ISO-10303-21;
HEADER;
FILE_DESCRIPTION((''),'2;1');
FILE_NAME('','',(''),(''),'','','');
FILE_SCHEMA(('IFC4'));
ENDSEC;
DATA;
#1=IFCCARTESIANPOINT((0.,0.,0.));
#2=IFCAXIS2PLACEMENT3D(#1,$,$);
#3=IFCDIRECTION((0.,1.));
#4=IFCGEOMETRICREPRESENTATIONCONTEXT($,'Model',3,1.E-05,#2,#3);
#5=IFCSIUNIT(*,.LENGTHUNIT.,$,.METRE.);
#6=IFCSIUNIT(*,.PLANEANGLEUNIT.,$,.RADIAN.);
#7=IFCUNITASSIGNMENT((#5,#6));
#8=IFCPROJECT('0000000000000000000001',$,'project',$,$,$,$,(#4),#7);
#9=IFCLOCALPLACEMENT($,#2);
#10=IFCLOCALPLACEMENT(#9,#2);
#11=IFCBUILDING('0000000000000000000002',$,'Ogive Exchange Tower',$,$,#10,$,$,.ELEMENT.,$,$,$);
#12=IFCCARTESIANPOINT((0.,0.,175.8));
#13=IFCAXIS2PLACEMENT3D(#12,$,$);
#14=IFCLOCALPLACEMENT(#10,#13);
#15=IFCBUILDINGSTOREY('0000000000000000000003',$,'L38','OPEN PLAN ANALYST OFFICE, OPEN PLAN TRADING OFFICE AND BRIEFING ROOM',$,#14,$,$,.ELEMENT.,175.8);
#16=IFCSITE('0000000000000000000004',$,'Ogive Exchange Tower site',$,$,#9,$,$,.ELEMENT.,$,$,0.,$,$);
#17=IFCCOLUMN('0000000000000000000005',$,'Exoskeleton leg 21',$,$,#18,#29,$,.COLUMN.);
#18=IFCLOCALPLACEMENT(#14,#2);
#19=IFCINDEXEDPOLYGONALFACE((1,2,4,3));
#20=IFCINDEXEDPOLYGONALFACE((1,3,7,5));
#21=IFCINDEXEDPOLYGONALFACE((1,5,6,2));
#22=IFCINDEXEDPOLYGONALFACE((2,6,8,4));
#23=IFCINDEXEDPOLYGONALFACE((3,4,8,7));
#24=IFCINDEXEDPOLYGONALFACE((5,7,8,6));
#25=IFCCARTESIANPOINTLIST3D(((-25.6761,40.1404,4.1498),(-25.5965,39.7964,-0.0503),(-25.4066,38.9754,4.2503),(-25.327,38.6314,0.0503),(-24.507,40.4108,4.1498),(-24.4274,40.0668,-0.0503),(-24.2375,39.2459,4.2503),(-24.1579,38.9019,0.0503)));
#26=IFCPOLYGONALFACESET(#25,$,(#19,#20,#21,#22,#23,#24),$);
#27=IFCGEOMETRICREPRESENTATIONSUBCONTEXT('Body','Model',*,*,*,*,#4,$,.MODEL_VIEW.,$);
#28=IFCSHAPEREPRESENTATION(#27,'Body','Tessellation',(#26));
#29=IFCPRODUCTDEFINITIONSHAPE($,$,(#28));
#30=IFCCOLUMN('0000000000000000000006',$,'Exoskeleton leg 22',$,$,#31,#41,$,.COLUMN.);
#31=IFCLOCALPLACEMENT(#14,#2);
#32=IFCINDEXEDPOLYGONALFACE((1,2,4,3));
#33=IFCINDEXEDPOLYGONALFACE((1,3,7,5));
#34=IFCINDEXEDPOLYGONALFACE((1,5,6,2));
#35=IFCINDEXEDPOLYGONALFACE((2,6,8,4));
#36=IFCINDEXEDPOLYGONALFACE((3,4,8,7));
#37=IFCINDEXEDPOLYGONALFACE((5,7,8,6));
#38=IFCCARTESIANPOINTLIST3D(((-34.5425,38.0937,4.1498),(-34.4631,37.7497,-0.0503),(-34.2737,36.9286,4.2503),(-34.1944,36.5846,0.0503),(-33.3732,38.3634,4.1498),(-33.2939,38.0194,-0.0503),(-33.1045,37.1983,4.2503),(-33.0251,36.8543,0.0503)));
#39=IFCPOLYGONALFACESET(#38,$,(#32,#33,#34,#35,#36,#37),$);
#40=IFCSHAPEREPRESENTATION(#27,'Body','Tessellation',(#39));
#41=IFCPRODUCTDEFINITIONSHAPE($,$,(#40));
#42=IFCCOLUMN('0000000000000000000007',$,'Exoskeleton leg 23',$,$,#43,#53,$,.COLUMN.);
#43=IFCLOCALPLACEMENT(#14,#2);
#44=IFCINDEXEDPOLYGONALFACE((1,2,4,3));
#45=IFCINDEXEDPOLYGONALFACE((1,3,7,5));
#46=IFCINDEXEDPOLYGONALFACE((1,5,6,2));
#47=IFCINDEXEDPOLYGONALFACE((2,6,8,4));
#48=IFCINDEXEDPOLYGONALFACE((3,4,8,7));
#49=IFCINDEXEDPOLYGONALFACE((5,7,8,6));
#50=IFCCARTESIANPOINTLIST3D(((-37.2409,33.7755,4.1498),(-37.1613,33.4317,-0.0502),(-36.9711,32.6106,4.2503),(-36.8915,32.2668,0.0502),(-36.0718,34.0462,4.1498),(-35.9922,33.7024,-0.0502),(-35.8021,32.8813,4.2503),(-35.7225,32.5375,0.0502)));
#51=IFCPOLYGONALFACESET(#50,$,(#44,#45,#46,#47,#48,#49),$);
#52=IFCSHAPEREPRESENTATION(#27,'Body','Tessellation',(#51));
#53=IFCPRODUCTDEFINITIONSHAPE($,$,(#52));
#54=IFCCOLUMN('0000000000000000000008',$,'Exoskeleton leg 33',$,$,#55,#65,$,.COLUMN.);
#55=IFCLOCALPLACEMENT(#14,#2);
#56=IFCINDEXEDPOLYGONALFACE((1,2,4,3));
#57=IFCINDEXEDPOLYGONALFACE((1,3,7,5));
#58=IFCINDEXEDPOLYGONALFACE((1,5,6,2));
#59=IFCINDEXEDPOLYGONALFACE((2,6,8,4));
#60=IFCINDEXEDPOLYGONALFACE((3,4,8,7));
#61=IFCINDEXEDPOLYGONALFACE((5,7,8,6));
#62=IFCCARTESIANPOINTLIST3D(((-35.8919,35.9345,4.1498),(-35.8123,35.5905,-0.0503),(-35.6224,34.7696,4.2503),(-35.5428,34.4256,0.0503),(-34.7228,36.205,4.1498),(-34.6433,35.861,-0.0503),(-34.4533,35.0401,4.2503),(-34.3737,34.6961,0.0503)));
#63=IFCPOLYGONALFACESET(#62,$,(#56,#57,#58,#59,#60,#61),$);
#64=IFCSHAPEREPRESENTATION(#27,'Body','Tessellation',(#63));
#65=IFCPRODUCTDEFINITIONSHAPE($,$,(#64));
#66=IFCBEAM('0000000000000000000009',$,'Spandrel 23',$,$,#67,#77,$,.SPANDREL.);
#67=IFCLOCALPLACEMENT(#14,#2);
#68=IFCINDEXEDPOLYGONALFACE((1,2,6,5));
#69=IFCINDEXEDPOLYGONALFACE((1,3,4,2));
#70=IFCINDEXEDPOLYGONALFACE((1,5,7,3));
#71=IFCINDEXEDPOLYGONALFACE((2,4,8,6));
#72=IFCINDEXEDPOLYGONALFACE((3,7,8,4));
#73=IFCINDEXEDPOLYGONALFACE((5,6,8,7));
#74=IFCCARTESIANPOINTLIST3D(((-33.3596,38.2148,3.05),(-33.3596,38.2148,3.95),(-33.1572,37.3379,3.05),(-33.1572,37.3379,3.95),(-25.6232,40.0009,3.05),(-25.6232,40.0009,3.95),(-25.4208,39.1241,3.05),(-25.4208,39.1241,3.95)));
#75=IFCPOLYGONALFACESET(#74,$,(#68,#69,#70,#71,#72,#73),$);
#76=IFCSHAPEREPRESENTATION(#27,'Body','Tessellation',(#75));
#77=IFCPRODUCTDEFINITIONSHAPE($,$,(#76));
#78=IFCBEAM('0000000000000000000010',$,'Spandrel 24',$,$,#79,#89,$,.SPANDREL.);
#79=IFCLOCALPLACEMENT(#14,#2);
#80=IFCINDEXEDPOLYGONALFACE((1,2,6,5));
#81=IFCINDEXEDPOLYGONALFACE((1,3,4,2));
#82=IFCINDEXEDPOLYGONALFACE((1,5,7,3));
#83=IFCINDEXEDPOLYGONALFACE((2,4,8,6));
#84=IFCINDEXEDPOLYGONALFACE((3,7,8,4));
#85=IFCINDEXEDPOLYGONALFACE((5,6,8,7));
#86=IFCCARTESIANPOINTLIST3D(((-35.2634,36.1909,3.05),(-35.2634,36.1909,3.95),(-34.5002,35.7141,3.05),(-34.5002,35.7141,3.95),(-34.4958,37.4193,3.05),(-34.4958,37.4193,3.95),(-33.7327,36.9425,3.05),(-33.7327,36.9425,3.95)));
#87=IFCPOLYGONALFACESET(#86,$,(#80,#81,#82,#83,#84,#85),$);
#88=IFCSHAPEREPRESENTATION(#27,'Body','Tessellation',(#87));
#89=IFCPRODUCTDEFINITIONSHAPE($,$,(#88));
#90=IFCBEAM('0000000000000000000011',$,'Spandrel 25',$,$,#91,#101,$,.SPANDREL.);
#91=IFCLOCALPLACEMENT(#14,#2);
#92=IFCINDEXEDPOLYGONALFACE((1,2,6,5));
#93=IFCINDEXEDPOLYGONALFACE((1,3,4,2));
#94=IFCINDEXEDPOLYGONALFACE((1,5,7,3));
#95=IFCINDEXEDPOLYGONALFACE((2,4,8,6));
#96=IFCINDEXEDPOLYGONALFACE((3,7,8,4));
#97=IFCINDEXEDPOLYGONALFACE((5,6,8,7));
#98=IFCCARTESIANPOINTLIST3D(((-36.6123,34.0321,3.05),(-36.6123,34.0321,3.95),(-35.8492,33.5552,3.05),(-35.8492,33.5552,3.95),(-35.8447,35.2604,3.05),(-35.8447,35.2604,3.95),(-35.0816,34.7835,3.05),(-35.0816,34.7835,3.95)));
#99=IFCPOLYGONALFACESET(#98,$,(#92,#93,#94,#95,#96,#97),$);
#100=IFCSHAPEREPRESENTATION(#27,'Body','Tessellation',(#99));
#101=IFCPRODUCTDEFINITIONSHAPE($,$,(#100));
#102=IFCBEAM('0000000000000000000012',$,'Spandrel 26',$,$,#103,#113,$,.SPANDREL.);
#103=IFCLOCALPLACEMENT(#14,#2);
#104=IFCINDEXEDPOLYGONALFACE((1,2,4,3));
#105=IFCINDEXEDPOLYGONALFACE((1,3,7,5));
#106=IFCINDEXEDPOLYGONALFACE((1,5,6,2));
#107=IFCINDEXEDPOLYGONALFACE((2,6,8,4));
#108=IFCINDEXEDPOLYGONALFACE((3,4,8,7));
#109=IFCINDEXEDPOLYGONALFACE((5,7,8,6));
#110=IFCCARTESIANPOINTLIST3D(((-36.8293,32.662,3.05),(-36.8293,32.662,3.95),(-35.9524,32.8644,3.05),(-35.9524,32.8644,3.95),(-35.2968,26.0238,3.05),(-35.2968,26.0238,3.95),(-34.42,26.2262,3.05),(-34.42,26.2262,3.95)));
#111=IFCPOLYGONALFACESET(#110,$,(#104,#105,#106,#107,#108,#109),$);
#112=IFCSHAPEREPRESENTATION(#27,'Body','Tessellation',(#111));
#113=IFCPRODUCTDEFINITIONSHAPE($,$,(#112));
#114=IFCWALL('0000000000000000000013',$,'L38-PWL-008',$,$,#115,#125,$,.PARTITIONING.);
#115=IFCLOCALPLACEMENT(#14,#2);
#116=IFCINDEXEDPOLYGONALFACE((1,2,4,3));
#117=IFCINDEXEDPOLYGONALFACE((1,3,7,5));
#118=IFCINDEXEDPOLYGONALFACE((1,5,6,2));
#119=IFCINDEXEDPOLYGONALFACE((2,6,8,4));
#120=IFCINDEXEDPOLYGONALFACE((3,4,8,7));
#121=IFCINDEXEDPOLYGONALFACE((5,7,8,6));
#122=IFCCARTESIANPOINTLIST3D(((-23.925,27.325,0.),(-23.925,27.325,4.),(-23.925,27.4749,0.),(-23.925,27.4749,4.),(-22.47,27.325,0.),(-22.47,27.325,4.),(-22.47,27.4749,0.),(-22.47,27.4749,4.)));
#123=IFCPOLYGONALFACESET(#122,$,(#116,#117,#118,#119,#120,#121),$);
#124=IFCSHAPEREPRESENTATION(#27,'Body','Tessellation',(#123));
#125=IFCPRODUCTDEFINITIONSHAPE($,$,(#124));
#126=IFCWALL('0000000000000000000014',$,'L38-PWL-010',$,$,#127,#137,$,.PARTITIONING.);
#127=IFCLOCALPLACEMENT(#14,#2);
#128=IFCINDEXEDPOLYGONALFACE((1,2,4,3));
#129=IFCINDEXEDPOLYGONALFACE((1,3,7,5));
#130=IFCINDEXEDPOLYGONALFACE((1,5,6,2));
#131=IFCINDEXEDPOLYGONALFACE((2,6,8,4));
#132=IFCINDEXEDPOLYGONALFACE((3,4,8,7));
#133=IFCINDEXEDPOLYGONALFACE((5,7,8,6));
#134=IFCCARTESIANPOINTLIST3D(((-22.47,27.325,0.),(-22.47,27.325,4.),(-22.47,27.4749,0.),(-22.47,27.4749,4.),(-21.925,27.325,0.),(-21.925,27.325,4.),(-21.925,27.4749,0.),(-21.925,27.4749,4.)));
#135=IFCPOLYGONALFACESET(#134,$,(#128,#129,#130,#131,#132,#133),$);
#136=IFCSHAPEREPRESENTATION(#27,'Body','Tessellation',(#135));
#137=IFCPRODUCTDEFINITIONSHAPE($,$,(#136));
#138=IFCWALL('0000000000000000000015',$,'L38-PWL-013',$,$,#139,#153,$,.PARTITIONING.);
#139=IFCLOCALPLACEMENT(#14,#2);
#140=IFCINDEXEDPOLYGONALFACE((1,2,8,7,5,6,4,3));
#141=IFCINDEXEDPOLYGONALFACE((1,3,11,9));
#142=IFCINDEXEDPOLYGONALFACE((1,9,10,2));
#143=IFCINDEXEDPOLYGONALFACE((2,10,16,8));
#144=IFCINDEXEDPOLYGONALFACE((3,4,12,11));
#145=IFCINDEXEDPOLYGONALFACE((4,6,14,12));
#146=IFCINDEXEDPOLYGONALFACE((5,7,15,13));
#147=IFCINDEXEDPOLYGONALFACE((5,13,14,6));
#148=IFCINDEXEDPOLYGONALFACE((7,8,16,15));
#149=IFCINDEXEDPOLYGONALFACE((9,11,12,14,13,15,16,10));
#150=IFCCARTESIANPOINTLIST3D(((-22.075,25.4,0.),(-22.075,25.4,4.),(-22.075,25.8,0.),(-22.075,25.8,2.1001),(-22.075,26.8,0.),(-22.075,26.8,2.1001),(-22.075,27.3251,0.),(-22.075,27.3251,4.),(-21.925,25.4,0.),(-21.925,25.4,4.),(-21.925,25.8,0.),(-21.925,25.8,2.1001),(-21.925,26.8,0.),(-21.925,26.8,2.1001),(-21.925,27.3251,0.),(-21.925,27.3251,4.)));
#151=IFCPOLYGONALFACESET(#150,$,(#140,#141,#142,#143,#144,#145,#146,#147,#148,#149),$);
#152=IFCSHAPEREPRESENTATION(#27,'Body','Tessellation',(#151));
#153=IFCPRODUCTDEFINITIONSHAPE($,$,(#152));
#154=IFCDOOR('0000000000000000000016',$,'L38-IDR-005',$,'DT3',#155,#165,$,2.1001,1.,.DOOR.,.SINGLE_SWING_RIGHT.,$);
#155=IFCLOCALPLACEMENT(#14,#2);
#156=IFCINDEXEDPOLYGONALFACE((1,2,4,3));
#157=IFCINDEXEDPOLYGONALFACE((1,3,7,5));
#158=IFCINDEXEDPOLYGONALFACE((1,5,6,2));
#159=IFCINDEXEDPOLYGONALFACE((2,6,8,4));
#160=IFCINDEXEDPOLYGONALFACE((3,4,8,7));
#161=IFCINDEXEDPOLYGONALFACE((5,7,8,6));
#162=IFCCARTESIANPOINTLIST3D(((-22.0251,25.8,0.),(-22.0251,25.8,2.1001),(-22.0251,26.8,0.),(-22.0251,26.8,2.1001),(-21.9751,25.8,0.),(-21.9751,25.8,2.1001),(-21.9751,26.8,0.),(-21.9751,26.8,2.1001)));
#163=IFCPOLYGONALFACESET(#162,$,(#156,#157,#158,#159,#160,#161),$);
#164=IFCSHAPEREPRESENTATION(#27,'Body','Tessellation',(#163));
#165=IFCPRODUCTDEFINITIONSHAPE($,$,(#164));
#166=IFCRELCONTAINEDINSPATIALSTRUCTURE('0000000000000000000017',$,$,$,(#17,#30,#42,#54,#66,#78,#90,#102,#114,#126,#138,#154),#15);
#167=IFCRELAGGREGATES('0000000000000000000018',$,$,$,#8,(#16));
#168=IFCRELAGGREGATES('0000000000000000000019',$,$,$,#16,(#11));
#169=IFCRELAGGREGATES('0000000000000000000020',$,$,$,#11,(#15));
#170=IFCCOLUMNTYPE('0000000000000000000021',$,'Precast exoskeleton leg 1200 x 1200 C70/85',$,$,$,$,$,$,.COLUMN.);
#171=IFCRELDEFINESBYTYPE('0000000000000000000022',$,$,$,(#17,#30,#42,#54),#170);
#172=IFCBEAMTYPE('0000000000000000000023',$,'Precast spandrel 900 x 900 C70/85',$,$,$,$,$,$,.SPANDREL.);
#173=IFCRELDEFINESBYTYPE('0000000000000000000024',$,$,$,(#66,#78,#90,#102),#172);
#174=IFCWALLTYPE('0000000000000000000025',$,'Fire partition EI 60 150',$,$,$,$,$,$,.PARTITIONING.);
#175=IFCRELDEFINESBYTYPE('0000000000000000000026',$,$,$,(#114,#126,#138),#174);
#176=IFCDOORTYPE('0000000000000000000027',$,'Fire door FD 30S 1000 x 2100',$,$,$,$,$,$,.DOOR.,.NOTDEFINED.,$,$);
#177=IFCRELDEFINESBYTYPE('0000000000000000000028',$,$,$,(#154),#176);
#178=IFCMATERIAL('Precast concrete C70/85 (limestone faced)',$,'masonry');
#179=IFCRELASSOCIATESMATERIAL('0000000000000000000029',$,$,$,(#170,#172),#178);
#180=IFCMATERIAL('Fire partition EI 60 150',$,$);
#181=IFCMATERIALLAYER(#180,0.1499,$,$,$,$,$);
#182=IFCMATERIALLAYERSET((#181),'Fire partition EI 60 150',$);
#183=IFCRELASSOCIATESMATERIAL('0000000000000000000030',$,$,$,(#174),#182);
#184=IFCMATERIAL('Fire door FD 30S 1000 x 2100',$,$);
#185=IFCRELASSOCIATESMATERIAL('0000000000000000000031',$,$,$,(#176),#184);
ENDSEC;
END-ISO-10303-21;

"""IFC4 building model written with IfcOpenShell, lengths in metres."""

from ifc_helpers import new_model, si_unit, direction, frame, frame_2d, origin, origin_2d, place, context, subcontext, project, spatial, rectangle, extrude, material, layer, layer_set, material_profile, profile_set, type_object, element, fill, save


model = new_model("IFC4")

# Units and contexts
model_context = context("Model", 3, precision=1e-05, world=origin(), true_north=direction((0.0, 1.0)))
body_context = subcontext(model_context, "Body", "Model", "MODEL_VIEW")
ifc_project = project(units=[si_unit("LENGTHUNIT", "METRE"), si_unit("PLANEANGLEUNIT", "RADIAN")], contexts=[model_context])

# Site, building, storey
site_placement = place(None, origin())
site = spatial("IfcSite", under=ifc_project, at=site_placement, Name="Ogive Exchange Tower site", CompositionType="ELEMENT", RefElevation=0.0)
building_placement = place(site_placement, origin())
building = spatial("IfcBuilding", under=site, at=building_placement, Name="Ogive Exchange Tower", CompositionType="ELEMENT")
storey_placement = place(building_placement, frame((0.0, 0.0, 175.8)))
storey = spatial("IfcBuildingStorey", under=building, at=storey_placement, Name="L38", Description="OPEN PLAN ANALYST OFFICE, OPEN PLAN TRADING OFFICE AND BRIEFING ROOM", CompositionType="ELEMENT", Elevation=175.8)

# Columns
ifc_material_1 = material(Name="Precast concrete C70/85 (limestone faced)", Category="masonry")
ifc_material_profile_1 = material_profile(ifc_material_1, rectangle(XDim=1.2, YDim=1.2, at=origin_2d()), Name="1200 x 1200")
ifc_profile_set_1 = profile_set([ifc_material_profile_1], Name="Precast concrete C70/85 (limestone faced)")
column_type = type_object("IfcColumnType", Name="Precast exoskeleton leg 1200 x 1200 C70/85", PredefinedType="COLUMN", material=ifc_profile_set_1)
for number, where, z_axis, x_axis, name in (
    (1, (-24.8772, 39.3491, 0.0), (-0.018884, 0.081616, 0.996485), (-0.974263, -0.225415, 0.0), "Exoskeleton leg 21"),
    (2, (-33.7441, 37.302, 0.0), (-0.018826, 0.081617, 0.996486), (-0.974415, -0.224758, 0.0), "Exoskeleton leg 22"),
    (3, (-36.4419, 32.9846, 0.0), (-0.018884, 0.081559, 0.99649), (-0.974228, -0.225567, 0.0), "Exoskeleton leg 23"),
    (4, (-35.093, 35.1433, 0.0), (-0.018884, 0.081616, 0.996485), (-0.974263, -0.225415, 0.0), "Exoskeleton leg 33"),
):
    element("IfcColumn", number, at=place(storey_placement, frame(where, z_axis=z_axis, x_axis=x_axis)), inside=storey, type_object=column_type, Name=name, PredefinedType="COLUMN", context=body_context, shape_type="SweptSolid", body=[
        extrude(rectangle(XDim=1.2, YDim=1.2, at=origin_2d()), origin(), (0.0, 0.0, 1.0), 4.2148),
    ])

# Beams
ifc_material_profile_2 = material_profile(ifc_material_1, rectangle(XDim=0.8999, YDim=0.8999, at=origin_2d()), Name="900 x 900")
ifc_profile_set_2 = profile_set([ifc_material_profile_2], Name="Precast concrete C70/85 (limestone faced)")
beam_type = type_object("IfcBeamType", Name="Precast spandrel 900 x 900 C70/85", PredefinedType="SPANDREL", material=ifc_profile_set_2)
beam_1_placement = place(storey_placement, frame((-25.522, 39.5625, 3.5), z_axis=(-0.974368, -0.224958, 0.0), x_axis=(0.224958, -0.974368, 0.0)))
element("IfcBeam", 5, at=beam_1_placement, inside=storey, type_object=beam_type, Name="Spandrel 23", PredefinedType="SPANDREL", context=body_context, shape_type="SweptSolid", body=[
    extrude(rectangle(XDim=0.8999, YDim=0.8999, at=origin_2d()), origin(), (0.0, 0.0, 1.0), 7.9399),
])
for number, where, z_axis, x_axis, name in (
    (6, (-34.1143, 37.1809, 3.5), (-0.529878, -0.848074, 0.0), (0.848074, -0.529878, 0.0), "Spandrel 24"),
    (7, (-35.4631, 35.022, 3.5), (-0.529953, -0.848027, 0.0), (0.848027, -0.529953, 0.0), "Spandrel 25"),
):
    element("IfcBeam", number, at=place(storey_placement, frame(where, z_axis=z_axis, x_axis=x_axis)), inside=storey, type_object=beam_type, Name=name, PredefinedType="SPANDREL", context=body_context, shape_type="SweptSolid", body=[
        extrude(rectangle(XDim=0.8999, YDim=0.8999, at=origin_2d()), origin(), (0.0, 0.0, 1.0), 1.4485),
    ])
beam_2_placement = place(storey_placement, frame((-36.3909, 32.7632, 3.5), z_axis=(0.224941, -0.974372, 0.0), x_axis=(0.974372, 0.224941, 0.0)))
element("IfcBeam", 8, at=beam_2_placement, inside=storey, type_object=beam_type, Name="Spandrel 26", PredefinedType="SPANDREL", context=body_context, shape_type="SweptSolid", body=[
    extrude(rectangle(XDim=0.8999, YDim=0.8999, at=origin_2d()), origin(), (0.0, 0.0, 1.0), 6.8127),
])

# Walls
ifc_material_2 = material(Name="Fire partition EI 60 150")
ifc_layer_1 = layer(ifc_material_2, 0.1499)
ifc_layer_set_1 = layer_set([ifc_layer_1], Name="Fire partition EI 60 150")
wall_type_1 = type_object("IfcWallType", Name="Fire partition EI 60 150", PredefinedType="PARTITIONING", material=ifc_layer_set_1)
wall_1_placement = place(storey_placement, frame((-23.925, 27.3999, 0.0), z_axis=(0.0, 0.0, 1.0), x_axis=(1.0, 0.0, 0.0)))
element("IfcWall", 9, at=wall_1_placement, inside=storey, type_object=wall_type_1, Name="L38-PWL-008", PredefinedType="PARTITIONING", context=body_context, shape_type="SweptSolid", body=[
    extrude(rectangle(XDim=1.4551, YDim=0.1499, at=frame_2d((0.7275, 0.0))), origin(), (0.0, 0.0, 1.0), 4.0),
])
wall_2_placement = place(storey_placement, frame((-22.47, 27.3999, 0.0), z_axis=(0.0, 0.0, 1.0), x_axis=(1.0, 0.0, 0.0)))
element("IfcWall", 10, at=wall_2_placement, inside=storey, type_object=wall_type_1, Name="L38-PWL-010", PredefinedType="PARTITIONING", context=body_context, shape_type="SweptSolid", body=[
    extrude(rectangle(XDim=0.5449, YDim=0.1499, at=frame_2d((0.2725, 0.0))), origin(), (0.0, 0.0, 1.0), 4.0),
])

# Wall, opening, door
wall_3_placement = place(storey_placement, frame((-22.0, 27.325, 0.0), z_axis=(0.0, 0.0, 1.0), x_axis=(0.0, -1.0, 0.0)))
wall_3 = element("IfcWall", 11, at=wall_3_placement, inside=storey, type_object=wall_type_1, Name="L38-PWL-013", PredefinedType="PARTITIONING", context=body_context, shape_type="SweptSolid", body=[
    extrude(rectangle(XDim=1.925, YDim=0.1499, at=frame_2d((0.9624, 0.0))), origin(), (0.0, 0.0, 1.0), 4.0),
])
opening_1_placement = place(wall_3_placement, frame((0.5249, 0.0, 0.0)))
opening_1 = element("IfcOpeningElement", 12, at=opening_1_placement, cuts=wall_3, PredefinedType="OPENING", context=body_context, shape_type="SweptSolid", body=[
    extrude(rectangle(XDim=1.0, YDim=2.1001, at=frame_2d((0.5, 1.05))), frame((0.0, 0.085, 0.0), z_axis=(0.0, -1.0, 0.0), x_axis=(1.0, 0.0, 0.0)), (0.0, 0.0, 1.0), 0.1699),
])
ifc_material_3 = material(Name="Fire door FD 30S 1000 x 2100")
door_type_1 = type_object("IfcDoorType", Name="Fire door FD 30S 1000 x 2100", OperationType="NOTDEFINED", PredefinedType="DOOR", material=ifc_material_3)
door_1_placement = place(opening_1_placement, origin())
door_1 = element("IfcDoor", 13, at=door_1_placement, inside=storey, type_object=door_type_1, Name="L38-IDR-005", ObjectType="DT3", OperationType="SINGLE_SWING_RIGHT", OverallHeight=2.1001, OverallWidth=1.0, PredefinedType="DOOR", context=body_context, shape_type="SweptSolid", body=[
    extrude(rectangle(XDim=1.0, YDim=2.1001, at=frame_2d((0.5, 1.05))), frame((0.0, 0.0249, 0.0), z_axis=(0.0, -1.0, 0.0), x_axis=(1.0, 0.0, 0.0)), (0.0, 0.0, 1.0), 0.05),
])
fill(opening_1, door_1)

save(model, "model.ifc")
